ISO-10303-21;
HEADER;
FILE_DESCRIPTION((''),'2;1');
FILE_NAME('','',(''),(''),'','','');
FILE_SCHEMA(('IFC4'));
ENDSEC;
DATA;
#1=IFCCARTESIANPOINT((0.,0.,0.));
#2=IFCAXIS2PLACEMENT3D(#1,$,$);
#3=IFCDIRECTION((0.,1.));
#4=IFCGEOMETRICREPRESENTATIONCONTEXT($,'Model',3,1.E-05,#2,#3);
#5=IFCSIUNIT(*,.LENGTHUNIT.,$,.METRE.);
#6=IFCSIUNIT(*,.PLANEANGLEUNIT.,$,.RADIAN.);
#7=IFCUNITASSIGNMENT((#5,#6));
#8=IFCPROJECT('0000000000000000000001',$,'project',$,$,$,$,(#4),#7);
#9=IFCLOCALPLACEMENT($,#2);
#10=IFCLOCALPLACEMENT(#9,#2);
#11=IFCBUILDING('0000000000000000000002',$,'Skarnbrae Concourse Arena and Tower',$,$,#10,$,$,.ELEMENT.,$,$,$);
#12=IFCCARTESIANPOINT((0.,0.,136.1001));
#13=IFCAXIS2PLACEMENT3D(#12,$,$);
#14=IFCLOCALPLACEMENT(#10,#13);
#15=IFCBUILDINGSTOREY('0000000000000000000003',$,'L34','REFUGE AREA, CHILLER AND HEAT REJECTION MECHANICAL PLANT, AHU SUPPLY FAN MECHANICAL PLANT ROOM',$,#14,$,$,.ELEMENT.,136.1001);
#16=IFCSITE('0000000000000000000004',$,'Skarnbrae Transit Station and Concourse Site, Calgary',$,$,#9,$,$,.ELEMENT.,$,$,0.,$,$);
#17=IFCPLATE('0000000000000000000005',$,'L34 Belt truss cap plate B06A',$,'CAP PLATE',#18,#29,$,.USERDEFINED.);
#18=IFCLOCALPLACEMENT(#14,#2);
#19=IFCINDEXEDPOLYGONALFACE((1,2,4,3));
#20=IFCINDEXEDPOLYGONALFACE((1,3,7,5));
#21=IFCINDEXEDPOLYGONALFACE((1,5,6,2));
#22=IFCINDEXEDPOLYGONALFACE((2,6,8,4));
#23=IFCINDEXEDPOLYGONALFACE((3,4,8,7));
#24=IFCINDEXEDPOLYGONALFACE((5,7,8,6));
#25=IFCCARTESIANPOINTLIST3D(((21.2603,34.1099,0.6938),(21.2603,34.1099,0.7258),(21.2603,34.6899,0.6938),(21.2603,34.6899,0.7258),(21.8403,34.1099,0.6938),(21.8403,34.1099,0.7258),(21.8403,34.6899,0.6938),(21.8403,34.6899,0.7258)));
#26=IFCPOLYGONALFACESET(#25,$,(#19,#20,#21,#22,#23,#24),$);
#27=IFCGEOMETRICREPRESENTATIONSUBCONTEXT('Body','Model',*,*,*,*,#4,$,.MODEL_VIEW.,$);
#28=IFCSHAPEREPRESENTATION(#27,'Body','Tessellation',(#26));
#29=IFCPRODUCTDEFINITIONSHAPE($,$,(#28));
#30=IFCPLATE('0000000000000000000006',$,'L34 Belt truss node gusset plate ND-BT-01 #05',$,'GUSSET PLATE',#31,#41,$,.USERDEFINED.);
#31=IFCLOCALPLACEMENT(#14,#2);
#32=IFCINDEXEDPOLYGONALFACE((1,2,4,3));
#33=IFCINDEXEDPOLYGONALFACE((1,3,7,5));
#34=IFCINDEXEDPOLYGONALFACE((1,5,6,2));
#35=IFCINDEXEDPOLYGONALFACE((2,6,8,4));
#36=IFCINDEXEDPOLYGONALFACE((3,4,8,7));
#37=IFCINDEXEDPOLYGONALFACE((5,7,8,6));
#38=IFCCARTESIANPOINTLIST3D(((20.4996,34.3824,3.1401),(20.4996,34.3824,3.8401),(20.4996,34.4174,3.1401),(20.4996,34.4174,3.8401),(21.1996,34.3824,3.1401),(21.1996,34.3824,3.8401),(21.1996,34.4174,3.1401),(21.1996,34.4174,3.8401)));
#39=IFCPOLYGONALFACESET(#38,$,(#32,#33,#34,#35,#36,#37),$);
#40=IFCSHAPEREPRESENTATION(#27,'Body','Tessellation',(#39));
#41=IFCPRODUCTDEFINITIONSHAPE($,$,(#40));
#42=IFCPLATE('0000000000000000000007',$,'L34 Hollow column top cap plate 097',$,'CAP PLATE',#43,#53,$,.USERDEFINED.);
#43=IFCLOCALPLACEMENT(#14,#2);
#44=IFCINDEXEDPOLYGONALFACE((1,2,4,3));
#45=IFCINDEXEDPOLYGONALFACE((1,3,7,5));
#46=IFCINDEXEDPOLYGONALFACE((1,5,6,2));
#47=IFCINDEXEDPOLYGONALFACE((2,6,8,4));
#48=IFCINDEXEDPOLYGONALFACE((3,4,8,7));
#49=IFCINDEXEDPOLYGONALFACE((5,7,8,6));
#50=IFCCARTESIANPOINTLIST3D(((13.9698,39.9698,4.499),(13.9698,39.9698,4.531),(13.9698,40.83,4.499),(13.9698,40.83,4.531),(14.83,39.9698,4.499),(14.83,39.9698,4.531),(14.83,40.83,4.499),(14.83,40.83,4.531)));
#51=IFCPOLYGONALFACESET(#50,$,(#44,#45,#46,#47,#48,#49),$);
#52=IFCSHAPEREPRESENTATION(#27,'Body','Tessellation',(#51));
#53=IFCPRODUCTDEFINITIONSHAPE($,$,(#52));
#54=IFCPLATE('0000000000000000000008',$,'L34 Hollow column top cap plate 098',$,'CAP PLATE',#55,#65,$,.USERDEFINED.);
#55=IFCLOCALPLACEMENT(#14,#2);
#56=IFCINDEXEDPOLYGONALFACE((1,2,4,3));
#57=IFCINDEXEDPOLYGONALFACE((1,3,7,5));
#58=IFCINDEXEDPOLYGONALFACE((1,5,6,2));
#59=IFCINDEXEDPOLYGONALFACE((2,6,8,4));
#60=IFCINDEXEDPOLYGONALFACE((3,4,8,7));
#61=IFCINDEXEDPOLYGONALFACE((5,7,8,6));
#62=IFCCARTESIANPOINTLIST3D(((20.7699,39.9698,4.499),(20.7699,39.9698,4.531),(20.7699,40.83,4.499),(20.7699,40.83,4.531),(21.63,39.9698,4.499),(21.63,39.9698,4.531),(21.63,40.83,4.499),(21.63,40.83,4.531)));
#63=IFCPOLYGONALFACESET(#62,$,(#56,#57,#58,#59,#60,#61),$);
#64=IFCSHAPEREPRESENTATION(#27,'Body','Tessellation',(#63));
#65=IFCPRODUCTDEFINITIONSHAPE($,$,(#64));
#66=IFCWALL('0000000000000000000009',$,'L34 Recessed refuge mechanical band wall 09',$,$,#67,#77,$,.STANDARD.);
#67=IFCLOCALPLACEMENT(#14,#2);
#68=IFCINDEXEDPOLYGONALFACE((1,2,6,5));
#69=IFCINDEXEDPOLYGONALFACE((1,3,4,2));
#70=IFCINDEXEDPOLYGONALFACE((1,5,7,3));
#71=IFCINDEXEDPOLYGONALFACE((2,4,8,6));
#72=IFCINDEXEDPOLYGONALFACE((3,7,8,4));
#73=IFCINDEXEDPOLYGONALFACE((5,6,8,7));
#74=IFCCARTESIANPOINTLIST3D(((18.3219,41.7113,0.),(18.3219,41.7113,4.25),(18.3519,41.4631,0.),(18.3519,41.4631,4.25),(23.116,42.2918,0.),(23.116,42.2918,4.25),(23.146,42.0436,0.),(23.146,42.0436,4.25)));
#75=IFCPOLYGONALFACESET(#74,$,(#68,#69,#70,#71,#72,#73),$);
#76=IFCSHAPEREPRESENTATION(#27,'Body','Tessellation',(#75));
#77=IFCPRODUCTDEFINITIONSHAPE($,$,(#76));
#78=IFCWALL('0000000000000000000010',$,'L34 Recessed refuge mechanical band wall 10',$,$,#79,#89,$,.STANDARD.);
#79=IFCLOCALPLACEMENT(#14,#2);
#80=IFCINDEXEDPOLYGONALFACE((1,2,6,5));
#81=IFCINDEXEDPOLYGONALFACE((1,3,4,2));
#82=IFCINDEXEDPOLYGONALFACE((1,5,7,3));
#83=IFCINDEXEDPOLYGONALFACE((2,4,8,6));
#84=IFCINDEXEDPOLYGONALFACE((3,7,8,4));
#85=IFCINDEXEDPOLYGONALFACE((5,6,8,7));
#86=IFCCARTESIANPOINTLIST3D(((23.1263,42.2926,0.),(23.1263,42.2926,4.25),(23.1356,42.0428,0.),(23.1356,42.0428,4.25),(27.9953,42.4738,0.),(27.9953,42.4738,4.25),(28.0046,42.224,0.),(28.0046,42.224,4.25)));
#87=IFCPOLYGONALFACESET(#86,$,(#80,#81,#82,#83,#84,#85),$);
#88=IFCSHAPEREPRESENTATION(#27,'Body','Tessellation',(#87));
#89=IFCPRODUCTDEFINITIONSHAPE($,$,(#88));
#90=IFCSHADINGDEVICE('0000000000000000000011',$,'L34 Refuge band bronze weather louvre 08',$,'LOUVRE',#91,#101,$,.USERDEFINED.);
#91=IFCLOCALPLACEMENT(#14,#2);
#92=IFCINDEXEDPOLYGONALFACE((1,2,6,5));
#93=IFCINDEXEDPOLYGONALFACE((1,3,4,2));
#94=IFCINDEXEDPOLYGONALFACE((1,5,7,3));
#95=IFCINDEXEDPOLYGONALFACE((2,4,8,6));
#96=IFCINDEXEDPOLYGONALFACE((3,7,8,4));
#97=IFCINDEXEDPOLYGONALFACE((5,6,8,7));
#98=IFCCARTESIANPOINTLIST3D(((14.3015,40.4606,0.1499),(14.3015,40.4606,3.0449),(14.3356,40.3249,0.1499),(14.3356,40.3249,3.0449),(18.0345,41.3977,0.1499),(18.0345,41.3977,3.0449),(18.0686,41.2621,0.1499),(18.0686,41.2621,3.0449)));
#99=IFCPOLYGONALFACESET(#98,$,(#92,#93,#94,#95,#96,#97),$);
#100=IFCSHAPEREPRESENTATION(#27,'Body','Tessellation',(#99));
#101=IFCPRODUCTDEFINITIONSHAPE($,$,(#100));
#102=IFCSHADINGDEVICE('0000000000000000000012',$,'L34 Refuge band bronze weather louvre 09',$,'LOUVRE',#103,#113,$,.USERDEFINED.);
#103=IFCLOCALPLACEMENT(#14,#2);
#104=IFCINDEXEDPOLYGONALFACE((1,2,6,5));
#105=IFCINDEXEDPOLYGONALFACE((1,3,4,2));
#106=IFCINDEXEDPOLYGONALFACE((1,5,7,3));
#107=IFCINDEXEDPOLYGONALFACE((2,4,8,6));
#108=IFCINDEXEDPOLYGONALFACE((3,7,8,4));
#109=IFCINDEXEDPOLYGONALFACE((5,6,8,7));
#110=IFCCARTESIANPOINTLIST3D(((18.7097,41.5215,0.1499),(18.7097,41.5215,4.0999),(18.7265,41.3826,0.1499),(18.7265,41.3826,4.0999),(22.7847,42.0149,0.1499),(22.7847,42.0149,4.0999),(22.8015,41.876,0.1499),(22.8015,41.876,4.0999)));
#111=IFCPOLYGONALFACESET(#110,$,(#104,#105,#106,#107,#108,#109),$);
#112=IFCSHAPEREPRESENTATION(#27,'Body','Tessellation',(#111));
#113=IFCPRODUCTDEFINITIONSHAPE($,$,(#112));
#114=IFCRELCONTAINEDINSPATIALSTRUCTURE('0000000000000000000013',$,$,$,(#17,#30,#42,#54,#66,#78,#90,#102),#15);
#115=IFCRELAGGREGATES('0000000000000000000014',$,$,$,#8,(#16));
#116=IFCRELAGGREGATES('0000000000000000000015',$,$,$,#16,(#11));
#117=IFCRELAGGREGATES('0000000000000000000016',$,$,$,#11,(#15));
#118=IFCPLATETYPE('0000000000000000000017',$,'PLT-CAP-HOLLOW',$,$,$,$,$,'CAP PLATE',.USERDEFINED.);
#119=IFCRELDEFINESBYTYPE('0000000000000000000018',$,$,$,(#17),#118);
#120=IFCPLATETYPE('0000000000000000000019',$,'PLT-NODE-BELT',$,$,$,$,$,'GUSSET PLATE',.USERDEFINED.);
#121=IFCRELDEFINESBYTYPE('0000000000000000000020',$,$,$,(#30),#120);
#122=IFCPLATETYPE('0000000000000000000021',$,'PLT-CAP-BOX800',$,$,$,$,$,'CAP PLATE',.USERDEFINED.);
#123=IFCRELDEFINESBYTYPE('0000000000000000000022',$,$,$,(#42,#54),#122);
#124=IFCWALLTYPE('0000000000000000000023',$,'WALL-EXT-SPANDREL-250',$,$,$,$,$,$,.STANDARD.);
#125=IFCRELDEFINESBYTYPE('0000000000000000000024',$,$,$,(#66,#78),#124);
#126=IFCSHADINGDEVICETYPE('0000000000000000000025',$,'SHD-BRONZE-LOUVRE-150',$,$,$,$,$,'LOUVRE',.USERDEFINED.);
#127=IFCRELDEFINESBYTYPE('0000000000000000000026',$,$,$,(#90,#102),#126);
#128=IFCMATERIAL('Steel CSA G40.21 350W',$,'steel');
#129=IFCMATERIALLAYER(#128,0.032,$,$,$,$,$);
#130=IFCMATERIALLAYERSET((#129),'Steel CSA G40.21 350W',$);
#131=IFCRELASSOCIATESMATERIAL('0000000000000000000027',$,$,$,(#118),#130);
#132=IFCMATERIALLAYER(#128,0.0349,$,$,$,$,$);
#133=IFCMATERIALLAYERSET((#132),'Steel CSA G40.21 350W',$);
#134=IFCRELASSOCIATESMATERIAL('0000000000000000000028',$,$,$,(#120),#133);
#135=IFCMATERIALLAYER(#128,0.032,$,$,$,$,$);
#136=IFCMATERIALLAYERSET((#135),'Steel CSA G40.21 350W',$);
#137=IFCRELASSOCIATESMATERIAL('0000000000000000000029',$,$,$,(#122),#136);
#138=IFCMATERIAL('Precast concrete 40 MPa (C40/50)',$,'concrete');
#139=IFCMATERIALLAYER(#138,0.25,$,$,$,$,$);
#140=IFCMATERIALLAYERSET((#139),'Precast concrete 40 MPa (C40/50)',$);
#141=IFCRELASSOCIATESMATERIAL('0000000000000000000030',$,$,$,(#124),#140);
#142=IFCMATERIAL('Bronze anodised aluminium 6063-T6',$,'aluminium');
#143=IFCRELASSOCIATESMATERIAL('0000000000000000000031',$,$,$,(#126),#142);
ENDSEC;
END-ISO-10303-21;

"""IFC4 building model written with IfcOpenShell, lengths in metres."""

from ifc_helpers import new_model, si_unit, direction, frame, frame_2d, origin, origin_2d, place, context, subcontext, project, spatial, rectangle, extrude, source, transform, mapped, material, layer, layer_set, type_object, element, save


model = new_model("IFC4")

# Units and contexts
model_context = context("Model", 3, precision=1e-05, world=origin(), true_north=direction((0.0, 1.0)))
body_context = subcontext(model_context, "Body", "Model", "MODEL_VIEW")
ifc_project = project(units=[si_unit("LENGTHUNIT", "METRE"), si_unit("PLANEANGLEUNIT", "RADIAN")], contexts=[model_context])

# Site, building, storey
site_placement = place(None, origin())
site = spatial("IfcSite", under=ifc_project, at=site_placement, Name="Skarnbrae Transit Station and Concourse Site, Calgary", CompositionType="ELEMENT", RefElevation=0.0)
building_placement = place(site_placement, origin())
building = spatial("IfcBuilding", under=site, at=building_placement, Name="Skarnbrae Concourse Arena and Tower", CompositionType="ELEMENT")
storey_placement = place(building_placement, frame((0.0, 0.0, 136.1001)))
storey = spatial("IfcBuildingStorey", under=building, at=storey_placement, Name="L34", Description="REFUGE AREA, CHILLER AND HEAT REJECTION MECHANICAL PLANT, AHU SUPPLY FAN MECHANICAL PLANT ROOM", CompositionType="ELEMENT", Elevation=136.1001)

# Shared definitions
ifc_material_1 = material(Name="Steel CSA G40.21 350W", Category="steel")

# Plates
ifc_layer_1 = layer(ifc_material_1, 0.032)
ifc_layer_set_1 = layer_set([ifc_layer_1], Name="Steel CSA G40.21 350W")
plate_type_1 = type_object("IfcPlateType", Name="PLT-CAP-HOLLOW", ElementType="CAP PLATE", PredefinedType="USERDEFINED", material=ifc_layer_set_1)
shared_shape_1 = source(origin(), body_context, "Body", "SweptSolid", [
    extrude(rectangle(XDim=0.5801, YDim=0.5801, at=origin_2d()), origin(), (0.0, 0.0, 1.0), 0.032),
])
for number, where, z_axis, x_axis, name in (
    (1, (21.5503, 34.3999, 0.6938), (0.0, 0.0, 1.0), (1.0, 0.0, 0.0), "L34 Belt truss cap plate B06A"),
):
    element("IfcPlate", number, at=place(storey_placement, frame(where, z_axis=z_axis, x_axis=x_axis)), inside=storey, type_object=plate_type_1, Name=name, ObjectType="CAP PLATE", PredefinedType="USERDEFINED", context=body_context, shape_type="MappedRepresentation", body=[
        mapped(shared_shape_1, transform((0.0, 0.0, 0.0))),
    ])
ifc_layer_2 = layer(ifc_material_1, 0.0349)
ifc_layer_set_2 = layer_set([ifc_layer_2], Name="Steel CSA G40.21 350W")
plate_type_2 = type_object("IfcPlateType", Name="PLT-NODE-BELT", ElementType="GUSSET PLATE", PredefinedType="USERDEFINED", material=ifc_layer_set_2)
shared_shape_2 = source(origin(), body_context, "Body", "SweptSolid", [
    extrude(rectangle(XDim=0.7, YDim=0.0349, at=origin_2d()), origin(), (0.0, 0.0, 1.0), 0.7),
])
plate_placement = place(storey_placement, frame((20.8496, 34.3999, 3.1401), z_axis=(0.0, 0.0, 1.0), x_axis=(1.0, 0.0, 0.0)))
element("IfcPlate", 2, at=plate_placement, inside=storey, type_object=plate_type_2, Name="L34 Belt truss node gusset plate ND-BT-01 #05", ObjectType="GUSSET PLATE", PredefinedType="USERDEFINED", context=body_context, shape_type="MappedRepresentation", body=[
    mapped(shared_shape_2, transform((0.0, 0.0, 0.0))),
])
ifc_layer_3 = layer(ifc_material_1, 0.032)
ifc_layer_set_3 = layer_set([ifc_layer_3], Name="Steel CSA G40.21 350W")
plate_type_3 = type_object("IfcPlateType", Name="PLT-CAP-BOX800", ElementType="CAP PLATE", PredefinedType="USERDEFINED", material=ifc_layer_set_3)
shared_shape_3 = source(origin(), body_context, "Body", "SweptSolid", [
    extrude(rectangle(XDim=0.8601, YDim=0.8601, at=origin_2d()), origin(), (0.0, 0.0, 1.0), 0.032),
])
for number, where, z_axis, x_axis, name in (
    (3, (14.3999, 40.3999, 4.499), (0.0, 0.0, 1.0), (1.0, 0.0, 0.0), "L34 Hollow column top cap plate 097"),
    (4, (21.2, 40.3999, 4.499), (0.0, 0.0, 1.0), (1.0, 0.0, 0.0), "L34 Hollow column top cap plate 098"),
):
    element("IfcPlate", number, at=place(storey_placement, frame(where, z_axis=z_axis, x_axis=x_axis)), inside=storey, type_object=plate_type_3, Name=name, ObjectType="CAP PLATE", PredefinedType="USERDEFINED", context=body_context, shape_type="MappedRepresentation", body=[
        mapped(shared_shape_3, transform((0.0, 0.0, 0.0))),
    ])

# Walls
ifc_material_2 = material(Name="Precast concrete 40 MPa (C40/50)", Category="concrete")
ifc_layer_4 = layer(ifc_material_2, 0.25)
ifc_layer_set_4 = layer_set([ifc_layer_4], Name="Precast concrete 40 MPa (C40/50)")
wall_type = type_object("IfcWallType", Name="WALL-EXT-SPANDREL-250", PredefinedType="STANDARD", material=ifc_layer_set_4)
shared_shape_4 = source(origin(), body_context, "Body", "SweptSolid", [
    extrude(rectangle(XDim=4.8291, YDim=0.25, at=frame_2d((2.4146, 0.0))), origin(), (0.0, 0.0, 1.0), 4.25),
])
wall_1_placement = place(storey_placement, frame((18.3369, 41.5872, 0.0), z_axis=(0.0, 0.0, 1.0), x_axis=(0.992747, 0.12022, 0.0)))
element("IfcWall", 5, at=wall_1_placement, inside=storey, type_object=wall_type, Name="L34 Recessed refuge mechanical band wall 09", PredefinedType="STANDARD", context=body_context, shape_type="MappedRepresentation", body=[
    mapped(shared_shape_4, transform((0.0, 0.0, 0.0))),
])
shared_shape_5 = source(origin(), body_context, "Body", "SweptSolid", [
    extrude(rectangle(XDim=4.8723, YDim=0.25, at=frame_2d((2.436, 0.0))), origin(), (0.0, 0.0, 1.0), 4.25),
])
wall_2_placement = place(storey_placement, frame((23.1311, 42.1677, 0.0), z_axis=(0.0, 0.0, 1.0), x_axis=(0.999309, 0.03718, 0.0)))
element("IfcWall", 6, at=wall_2_placement, inside=storey, type_object=wall_type, Name="L34 Recessed refuge mechanical band wall 10", PredefinedType="STANDARD", context=body_context, shape_type="MappedRepresentation", body=[
    mapped(shared_shape_5, transform((0.0, 0.0, 0.0))),
])

# Shading devices
ifc_material_3 = material(Name="Bronze anodised aluminium 6063-T6", Category="aluminium")
shading_device_type = type_object("IfcShadingDeviceType", Name="SHD-BRONZE-LOUVRE-150", ElementType="LOUVRE", PredefinedType="USERDEFINED", material=ifc_material_3)
shared_shape_6 = source(origin(), body_context, "Body", "SweptSolid", [
    extrude(rectangle(XDim=3.8489, YDim=0.1399, at=origin_2d()), origin(), (0.0, 0.0, 1.0), 2.895),
])
shading_device_1_placement = place(storey_placement, frame((16.1851, 40.8613, 0.1499), z_axis=(0.0, 0.0, 1.0), x_axis=(0.969904, 0.243486, 0.0)))
element("IfcShadingDevice", 7, at=shading_device_1_placement, inside=storey, type_object=shading_device_type, Name="L34 Refuge band bronze weather louvre 08", ObjectType="LOUVRE", PredefinedType="USERDEFINED", context=body_context, shape_type="MappedRepresentation", body=[
    mapped(shared_shape_6, transform((0.0, 0.0, 0.0))),
])
shared_shape_7 = source(origin(), body_context, "Body", "SweptSolid", [
    extrude(rectangle(XDim=4.1047, YDim=0.1399, at=origin_2d()), origin(), (0.0, 0.0, 1.0), 3.95),
])
shading_device_2_placement = place(storey_placement, frame((20.7556, 41.6987, 0.1499), z_axis=(0.0, 0.0, 1.0), x_axis=(0.992749, 0.120206, 0.0)))
element("IfcShadingDevice", 8, at=shading_device_2_placement, inside=storey, type_object=shading_device_type, Name="L34 Refuge band bronze weather louvre 09", ObjectType="LOUVRE", PredefinedType="USERDEFINED", context=body_context, shape_type="MappedRepresentation", body=[
    mapped(shared_shape_7, transform((0.0, 0.0, 0.0))),
])

save(model, "model.ifc")
